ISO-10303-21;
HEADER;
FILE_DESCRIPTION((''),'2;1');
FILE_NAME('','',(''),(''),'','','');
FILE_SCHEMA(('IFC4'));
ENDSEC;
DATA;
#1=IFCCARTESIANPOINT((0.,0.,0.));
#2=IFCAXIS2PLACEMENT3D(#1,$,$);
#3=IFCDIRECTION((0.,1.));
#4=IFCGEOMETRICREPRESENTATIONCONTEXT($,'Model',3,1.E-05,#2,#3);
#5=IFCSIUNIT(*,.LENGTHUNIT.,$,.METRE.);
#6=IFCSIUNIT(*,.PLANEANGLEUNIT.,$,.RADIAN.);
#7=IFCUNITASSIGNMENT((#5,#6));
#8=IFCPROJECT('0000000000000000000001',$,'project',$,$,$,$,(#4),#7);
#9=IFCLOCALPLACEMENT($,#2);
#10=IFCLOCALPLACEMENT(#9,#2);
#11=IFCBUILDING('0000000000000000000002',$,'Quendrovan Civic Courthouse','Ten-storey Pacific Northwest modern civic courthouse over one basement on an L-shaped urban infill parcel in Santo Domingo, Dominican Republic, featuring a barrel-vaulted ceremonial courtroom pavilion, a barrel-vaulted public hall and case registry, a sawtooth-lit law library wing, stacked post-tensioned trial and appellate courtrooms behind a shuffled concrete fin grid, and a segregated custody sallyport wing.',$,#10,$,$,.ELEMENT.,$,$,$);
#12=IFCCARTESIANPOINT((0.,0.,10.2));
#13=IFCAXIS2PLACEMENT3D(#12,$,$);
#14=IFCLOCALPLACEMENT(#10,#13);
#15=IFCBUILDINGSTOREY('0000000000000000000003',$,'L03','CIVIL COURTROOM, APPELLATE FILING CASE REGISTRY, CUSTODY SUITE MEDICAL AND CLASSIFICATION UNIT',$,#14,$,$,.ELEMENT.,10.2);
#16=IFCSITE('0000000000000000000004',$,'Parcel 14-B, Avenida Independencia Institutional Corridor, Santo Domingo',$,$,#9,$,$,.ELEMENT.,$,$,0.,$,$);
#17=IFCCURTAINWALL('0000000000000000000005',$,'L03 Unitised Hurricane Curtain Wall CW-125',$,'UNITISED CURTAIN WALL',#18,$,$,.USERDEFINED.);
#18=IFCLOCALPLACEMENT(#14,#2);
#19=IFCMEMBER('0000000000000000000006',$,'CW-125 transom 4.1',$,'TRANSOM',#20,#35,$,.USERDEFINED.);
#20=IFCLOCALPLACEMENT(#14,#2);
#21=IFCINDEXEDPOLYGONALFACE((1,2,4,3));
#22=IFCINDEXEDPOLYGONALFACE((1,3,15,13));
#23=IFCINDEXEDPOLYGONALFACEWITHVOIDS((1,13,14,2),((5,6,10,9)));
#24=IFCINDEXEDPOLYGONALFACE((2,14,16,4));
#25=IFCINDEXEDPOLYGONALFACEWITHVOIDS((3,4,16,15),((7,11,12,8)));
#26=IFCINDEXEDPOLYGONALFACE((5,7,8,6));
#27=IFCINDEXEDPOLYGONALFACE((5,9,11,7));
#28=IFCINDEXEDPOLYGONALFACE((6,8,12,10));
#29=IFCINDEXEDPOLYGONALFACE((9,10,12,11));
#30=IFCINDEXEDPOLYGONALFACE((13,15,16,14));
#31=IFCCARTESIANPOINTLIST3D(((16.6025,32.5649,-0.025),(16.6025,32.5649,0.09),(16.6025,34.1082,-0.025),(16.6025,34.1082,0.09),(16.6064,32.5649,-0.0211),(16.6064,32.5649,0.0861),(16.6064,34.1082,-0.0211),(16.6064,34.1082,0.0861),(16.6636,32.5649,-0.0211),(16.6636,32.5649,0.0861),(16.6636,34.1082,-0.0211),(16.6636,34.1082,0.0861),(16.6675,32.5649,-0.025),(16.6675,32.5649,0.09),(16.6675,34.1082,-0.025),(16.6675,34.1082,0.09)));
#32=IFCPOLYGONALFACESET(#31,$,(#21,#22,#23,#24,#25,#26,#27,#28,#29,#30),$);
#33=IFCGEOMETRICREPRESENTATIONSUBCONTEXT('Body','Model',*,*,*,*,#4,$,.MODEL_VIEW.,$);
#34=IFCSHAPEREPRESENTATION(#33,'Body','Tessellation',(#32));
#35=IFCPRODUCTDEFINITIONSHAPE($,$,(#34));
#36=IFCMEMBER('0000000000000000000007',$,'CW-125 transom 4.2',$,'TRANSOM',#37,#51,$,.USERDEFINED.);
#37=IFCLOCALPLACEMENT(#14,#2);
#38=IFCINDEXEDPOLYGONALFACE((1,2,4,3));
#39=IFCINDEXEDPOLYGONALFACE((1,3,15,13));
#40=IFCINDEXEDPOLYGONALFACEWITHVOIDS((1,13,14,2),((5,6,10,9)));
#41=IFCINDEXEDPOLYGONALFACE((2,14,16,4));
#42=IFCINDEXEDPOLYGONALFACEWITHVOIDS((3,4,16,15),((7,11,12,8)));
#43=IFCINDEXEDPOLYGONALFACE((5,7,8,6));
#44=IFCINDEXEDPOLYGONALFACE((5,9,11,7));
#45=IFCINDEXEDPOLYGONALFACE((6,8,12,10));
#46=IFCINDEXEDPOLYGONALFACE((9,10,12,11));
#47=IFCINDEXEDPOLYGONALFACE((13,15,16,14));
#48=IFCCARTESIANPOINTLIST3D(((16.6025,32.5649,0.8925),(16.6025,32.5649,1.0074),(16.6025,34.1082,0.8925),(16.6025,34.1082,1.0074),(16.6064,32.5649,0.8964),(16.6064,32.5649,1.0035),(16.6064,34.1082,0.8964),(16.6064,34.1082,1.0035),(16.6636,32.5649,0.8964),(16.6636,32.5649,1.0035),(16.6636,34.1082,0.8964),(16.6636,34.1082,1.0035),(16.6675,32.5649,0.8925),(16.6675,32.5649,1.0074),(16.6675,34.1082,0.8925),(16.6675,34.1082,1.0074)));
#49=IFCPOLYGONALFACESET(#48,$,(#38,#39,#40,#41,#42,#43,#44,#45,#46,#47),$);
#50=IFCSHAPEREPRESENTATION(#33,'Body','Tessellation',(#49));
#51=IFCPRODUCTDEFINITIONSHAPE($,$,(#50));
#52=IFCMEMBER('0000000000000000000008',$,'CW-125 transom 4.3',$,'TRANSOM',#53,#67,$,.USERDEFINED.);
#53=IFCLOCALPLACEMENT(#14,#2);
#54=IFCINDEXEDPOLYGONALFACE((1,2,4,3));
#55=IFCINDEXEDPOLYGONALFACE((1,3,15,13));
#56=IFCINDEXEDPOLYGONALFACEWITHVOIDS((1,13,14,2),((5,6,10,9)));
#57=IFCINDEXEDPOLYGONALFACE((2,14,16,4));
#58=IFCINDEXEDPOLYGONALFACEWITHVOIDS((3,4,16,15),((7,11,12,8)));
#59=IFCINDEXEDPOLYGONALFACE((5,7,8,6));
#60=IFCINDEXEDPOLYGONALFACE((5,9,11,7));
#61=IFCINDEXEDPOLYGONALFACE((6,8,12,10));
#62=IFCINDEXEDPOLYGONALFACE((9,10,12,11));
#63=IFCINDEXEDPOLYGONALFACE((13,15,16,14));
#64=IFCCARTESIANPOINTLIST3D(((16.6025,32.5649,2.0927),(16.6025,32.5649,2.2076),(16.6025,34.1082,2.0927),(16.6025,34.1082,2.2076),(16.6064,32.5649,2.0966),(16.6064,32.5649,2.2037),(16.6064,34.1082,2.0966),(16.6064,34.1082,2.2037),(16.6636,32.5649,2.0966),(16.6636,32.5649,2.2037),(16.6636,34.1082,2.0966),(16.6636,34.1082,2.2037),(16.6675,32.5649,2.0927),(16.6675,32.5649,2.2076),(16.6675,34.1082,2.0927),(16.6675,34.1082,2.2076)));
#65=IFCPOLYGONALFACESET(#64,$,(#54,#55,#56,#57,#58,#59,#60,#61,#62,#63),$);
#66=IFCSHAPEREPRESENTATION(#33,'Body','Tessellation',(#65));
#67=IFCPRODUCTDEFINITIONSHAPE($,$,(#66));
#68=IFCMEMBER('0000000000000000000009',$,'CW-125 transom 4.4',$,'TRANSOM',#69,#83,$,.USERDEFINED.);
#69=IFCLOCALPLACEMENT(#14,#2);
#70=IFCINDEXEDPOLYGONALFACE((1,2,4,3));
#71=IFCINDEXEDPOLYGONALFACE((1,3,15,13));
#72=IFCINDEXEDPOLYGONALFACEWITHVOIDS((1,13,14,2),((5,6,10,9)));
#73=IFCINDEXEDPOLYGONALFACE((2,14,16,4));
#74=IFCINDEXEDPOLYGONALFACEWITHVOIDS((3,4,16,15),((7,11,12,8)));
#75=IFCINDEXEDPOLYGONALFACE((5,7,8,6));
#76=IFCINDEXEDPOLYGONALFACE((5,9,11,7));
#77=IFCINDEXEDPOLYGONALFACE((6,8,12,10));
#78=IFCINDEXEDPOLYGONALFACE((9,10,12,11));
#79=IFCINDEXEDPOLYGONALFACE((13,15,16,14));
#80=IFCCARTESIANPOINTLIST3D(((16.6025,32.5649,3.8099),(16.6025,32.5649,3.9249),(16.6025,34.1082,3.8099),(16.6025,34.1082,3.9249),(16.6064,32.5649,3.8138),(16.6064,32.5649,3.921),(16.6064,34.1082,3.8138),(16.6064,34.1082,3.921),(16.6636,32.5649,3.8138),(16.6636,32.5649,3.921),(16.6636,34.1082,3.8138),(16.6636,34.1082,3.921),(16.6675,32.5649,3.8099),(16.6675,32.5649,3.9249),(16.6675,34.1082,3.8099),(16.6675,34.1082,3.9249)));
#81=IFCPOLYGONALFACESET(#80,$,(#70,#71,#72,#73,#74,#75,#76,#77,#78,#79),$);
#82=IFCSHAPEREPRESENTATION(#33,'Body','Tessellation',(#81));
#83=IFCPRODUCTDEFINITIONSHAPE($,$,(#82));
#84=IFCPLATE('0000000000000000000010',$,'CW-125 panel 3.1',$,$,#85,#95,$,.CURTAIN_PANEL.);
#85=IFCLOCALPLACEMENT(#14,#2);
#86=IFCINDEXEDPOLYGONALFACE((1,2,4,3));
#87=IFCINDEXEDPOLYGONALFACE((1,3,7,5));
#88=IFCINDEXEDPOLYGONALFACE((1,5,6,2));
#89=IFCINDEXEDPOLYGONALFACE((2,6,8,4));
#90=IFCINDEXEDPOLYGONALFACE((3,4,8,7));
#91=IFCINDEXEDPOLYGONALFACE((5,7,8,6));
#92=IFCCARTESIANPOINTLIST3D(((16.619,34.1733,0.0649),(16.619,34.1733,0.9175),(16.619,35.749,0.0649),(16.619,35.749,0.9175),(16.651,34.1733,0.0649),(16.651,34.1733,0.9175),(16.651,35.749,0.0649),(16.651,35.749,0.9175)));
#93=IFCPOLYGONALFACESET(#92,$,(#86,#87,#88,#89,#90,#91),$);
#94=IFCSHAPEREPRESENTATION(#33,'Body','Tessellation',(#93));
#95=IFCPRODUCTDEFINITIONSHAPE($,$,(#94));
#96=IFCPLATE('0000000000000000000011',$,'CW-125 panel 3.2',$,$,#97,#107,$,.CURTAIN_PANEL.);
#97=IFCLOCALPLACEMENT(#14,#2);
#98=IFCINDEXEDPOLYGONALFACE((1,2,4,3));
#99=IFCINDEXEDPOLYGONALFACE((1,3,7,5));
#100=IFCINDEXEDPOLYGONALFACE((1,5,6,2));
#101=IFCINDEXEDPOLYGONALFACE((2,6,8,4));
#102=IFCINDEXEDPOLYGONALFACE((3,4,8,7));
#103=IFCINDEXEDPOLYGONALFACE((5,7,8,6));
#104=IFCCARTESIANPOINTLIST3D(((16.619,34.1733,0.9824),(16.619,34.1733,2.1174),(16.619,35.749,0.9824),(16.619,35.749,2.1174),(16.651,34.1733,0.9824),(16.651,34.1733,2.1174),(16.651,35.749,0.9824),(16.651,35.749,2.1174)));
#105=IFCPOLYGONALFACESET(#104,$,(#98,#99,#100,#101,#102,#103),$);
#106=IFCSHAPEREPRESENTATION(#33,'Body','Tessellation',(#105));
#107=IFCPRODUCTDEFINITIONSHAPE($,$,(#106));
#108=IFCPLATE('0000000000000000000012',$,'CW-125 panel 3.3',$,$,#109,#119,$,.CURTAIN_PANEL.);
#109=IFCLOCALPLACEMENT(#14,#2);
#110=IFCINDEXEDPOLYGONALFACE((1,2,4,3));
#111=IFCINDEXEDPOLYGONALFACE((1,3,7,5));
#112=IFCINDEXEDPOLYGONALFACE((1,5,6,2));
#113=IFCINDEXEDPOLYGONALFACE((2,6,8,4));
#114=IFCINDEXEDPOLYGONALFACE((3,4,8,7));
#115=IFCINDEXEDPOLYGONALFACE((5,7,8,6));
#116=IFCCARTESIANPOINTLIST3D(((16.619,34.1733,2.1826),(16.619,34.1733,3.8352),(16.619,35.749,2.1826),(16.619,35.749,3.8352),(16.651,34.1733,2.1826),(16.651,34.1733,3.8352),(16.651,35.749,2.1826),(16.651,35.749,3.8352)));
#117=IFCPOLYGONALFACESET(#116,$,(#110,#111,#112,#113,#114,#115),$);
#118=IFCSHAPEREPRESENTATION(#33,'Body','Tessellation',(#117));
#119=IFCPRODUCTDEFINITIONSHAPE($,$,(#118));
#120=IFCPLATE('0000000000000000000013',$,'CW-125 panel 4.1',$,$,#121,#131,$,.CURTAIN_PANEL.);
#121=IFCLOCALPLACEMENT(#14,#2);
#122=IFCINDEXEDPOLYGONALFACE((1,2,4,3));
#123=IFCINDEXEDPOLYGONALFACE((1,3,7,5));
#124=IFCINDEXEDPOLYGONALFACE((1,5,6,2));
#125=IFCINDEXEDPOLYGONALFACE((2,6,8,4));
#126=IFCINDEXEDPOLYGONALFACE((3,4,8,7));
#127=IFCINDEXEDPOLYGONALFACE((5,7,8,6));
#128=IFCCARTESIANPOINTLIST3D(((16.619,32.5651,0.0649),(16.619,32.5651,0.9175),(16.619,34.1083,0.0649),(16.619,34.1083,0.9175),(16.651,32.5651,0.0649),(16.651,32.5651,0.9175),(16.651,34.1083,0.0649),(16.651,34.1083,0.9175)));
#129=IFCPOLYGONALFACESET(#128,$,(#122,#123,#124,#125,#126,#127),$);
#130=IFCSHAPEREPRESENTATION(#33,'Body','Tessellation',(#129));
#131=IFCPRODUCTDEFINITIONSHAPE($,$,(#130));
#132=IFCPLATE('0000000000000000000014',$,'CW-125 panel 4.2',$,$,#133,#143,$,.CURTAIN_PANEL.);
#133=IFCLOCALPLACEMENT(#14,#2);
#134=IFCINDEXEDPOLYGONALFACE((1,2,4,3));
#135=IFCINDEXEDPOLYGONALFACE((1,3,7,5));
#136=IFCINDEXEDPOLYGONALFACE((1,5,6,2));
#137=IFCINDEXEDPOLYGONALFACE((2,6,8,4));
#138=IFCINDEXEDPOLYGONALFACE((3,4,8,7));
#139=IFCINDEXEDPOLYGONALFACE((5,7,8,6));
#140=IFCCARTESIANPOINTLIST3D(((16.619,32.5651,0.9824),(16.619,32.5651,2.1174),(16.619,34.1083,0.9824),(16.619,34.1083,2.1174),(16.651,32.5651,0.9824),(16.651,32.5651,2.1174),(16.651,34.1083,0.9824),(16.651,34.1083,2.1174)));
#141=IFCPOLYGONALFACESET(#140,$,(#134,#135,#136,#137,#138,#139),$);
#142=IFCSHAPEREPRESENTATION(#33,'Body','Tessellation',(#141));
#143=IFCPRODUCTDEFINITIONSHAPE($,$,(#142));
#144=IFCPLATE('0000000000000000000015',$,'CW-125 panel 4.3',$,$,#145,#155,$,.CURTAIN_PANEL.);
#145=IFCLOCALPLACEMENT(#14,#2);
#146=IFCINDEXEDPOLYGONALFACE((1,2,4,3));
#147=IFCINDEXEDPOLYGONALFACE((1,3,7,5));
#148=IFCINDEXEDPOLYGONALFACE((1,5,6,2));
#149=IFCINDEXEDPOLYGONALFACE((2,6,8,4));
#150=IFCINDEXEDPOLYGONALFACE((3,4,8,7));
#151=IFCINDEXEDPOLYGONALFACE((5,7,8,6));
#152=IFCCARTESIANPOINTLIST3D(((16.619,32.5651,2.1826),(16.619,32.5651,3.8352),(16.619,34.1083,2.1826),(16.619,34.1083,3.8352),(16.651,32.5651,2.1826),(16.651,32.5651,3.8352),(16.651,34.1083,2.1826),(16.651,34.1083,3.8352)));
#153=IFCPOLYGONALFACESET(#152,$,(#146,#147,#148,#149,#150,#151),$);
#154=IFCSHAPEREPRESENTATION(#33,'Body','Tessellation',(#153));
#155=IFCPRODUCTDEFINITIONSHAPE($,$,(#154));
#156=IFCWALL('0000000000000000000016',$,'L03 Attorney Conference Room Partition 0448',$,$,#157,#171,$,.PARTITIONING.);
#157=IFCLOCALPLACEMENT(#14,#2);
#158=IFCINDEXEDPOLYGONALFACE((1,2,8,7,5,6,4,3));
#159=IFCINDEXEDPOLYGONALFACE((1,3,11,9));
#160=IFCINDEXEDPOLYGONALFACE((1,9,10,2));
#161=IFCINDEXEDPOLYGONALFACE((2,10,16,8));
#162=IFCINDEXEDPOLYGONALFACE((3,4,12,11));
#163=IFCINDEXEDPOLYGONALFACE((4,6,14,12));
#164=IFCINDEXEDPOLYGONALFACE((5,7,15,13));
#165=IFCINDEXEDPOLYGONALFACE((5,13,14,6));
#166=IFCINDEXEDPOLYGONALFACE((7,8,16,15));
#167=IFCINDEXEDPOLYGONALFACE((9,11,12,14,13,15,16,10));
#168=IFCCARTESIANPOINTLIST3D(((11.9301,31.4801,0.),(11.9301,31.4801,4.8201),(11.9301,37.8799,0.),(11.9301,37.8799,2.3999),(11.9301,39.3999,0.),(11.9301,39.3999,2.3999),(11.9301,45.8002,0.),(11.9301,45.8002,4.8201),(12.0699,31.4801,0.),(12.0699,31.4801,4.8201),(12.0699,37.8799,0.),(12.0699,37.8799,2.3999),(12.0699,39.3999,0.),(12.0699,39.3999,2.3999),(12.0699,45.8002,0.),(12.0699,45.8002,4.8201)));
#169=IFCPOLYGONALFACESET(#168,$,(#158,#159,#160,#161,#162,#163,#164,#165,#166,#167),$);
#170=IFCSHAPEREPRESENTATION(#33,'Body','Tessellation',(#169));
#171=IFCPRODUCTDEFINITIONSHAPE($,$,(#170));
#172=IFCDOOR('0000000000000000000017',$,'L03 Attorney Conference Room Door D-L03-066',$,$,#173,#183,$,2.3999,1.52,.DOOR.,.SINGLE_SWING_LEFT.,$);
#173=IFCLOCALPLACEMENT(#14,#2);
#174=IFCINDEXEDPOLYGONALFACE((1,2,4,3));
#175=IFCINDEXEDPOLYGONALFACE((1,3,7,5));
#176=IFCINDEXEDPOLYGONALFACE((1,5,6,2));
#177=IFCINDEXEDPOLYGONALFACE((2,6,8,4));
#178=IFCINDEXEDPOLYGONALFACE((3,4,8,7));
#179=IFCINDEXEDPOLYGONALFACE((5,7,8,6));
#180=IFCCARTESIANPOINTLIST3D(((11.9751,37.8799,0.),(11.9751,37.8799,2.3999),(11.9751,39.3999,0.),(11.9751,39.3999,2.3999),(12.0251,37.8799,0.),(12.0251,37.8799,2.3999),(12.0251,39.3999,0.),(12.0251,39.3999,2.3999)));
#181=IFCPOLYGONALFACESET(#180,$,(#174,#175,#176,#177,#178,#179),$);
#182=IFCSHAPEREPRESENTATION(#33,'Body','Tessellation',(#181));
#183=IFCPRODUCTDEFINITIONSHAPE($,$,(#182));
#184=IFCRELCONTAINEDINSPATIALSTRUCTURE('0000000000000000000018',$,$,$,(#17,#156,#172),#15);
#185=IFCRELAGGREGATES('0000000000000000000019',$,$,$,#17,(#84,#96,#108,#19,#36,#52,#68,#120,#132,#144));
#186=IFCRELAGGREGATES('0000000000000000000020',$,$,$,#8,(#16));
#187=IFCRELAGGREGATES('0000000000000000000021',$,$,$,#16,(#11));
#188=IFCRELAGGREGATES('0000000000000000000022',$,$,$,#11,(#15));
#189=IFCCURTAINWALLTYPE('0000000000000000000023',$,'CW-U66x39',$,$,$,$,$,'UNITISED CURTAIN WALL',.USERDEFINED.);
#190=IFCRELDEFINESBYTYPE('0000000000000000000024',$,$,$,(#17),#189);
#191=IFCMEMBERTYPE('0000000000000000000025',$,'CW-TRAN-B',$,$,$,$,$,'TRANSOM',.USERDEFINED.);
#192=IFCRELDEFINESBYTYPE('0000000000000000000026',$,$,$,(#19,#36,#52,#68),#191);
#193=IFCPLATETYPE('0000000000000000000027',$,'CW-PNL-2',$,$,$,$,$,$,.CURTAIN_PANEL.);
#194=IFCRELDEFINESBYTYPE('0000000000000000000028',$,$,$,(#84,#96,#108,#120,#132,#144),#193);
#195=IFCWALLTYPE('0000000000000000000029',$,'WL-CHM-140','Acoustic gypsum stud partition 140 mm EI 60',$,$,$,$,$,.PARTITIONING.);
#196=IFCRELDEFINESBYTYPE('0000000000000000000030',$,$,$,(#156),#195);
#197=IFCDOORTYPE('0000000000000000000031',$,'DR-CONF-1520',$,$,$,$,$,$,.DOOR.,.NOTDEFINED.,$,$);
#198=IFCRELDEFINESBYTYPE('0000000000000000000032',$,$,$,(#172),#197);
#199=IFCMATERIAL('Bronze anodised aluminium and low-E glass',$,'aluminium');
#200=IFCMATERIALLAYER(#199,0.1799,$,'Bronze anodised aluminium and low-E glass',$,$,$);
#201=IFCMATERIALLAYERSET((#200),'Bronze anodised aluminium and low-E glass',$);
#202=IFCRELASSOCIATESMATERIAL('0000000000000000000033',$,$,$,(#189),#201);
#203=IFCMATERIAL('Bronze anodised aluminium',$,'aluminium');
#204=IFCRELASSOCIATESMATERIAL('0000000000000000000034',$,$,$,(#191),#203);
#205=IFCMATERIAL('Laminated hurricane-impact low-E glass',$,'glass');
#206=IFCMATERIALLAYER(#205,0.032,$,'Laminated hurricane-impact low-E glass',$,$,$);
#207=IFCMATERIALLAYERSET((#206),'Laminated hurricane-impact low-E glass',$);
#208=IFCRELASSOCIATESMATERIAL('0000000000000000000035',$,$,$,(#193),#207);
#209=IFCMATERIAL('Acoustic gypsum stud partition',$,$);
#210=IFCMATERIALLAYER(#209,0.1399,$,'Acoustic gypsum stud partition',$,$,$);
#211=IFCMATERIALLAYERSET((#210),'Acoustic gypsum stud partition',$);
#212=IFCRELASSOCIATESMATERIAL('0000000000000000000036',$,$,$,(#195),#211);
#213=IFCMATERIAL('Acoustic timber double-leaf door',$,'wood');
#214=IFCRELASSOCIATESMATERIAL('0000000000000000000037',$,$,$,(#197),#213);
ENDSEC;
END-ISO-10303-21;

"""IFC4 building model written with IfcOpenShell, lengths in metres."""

from ifc_helpers import new_model, si_unit, direction, frame, frame_2d, origin, origin_2d, place, context, subcontext, project, spatial, rectangle, hollow_rectangle, extrude, material, layer, layer_set, material_profile, profile_set, type_object, element, fill, aggregate, save


model = new_model("IFC4")

# Units and contexts
model_context = context("Model", 3, precision=1e-05, world=origin(), true_north=direction((0.0, 1.0)))
body_context = subcontext(model_context, "Body", "Model", "MODEL_VIEW")
ifc_project = project(units=[si_unit("LENGTHUNIT", "METRE"), si_unit("PLANEANGLEUNIT", "RADIAN")], contexts=[model_context])

# Site, building, storey
site_placement = place(None, origin())
site = spatial("IfcSite", under=ifc_project, at=site_placement, Name="Parcel 14-B, Avenida Independencia Institutional Corridor, Santo Domingo", CompositionType="ELEMENT", RefElevation=0.0)
building_placement = place(site_placement, origin())
building = spatial("IfcBuilding", under=site, at=building_placement, Name="Quendrovan Civic Courthouse", Description="Ten-storey Pacific Northwest modern civic courthouse over one basement on an L-shaped urban infill parcel in Santo Domingo, Dominican Republic, featuring a barrel-vaulted ceremonial courtroom pavilion, a barrel-vaulted public hall and case registry, a sawtooth-lit law library wing, stacked post-tensioned trial and appellate courtrooms behind a shuffled concrete fin grid, and a segregated custody sallyport wing.", CompositionType="ELEMENT")
storey_placement = place(building_placement, frame((0.0, 0.0, 10.2)))
storey = spatial("IfcBuildingStorey", under=building, at=storey_placement, Name="L03", Description="CIVIL COURTROOM, APPELLATE FILING CASE REGISTRY, CUSTODY SUITE MEDICAL AND CLASSIFICATION UNIT", CompositionType="ELEMENT", Elevation=10.2)

# Shared definitions
ifc_material_1 = material(Name="Bronze anodised aluminium and low-E glass", Category="aluminium")
ifc_material_2 = material(Name="Bronze anodised aluminium", Category="aluminium")

# Curtain wall, members, plates
ifc_layer_1 = layer(ifc_material_1, 0.1799, Name="Bronze anodised aluminium and low-E glass")
ifc_layer_set_1 = layer_set([ifc_layer_1], Name="Bronze anodised aluminium and low-E glass")
curtain_wall_type_1 = type_object("IfcCurtainWallType", Name="CW-U66x39", ElementType="UNITISED CURTAIN WALL", PredefinedType="USERDEFINED", material=ifc_layer_set_1)
curtain_wall_1_placement = place(storey_placement, origin())
curtain_wall_1 = element("IfcCurtainWall", 1, at=curtain_wall_1_placement, inside=storey, type_object=curtain_wall_type_1, Name="L03 Unitised Hurricane Curtain Wall CW-125", ObjectType="UNITISED CURTAIN WALL", PredefinedType="USERDEFINED")
ifc_material_profile_1 = material_profile(ifc_material_2, hollow_rectangle(XDim=0.0649, YDim=0.115, WallThickness=0.0039, at=origin_2d()), Name="CW-TRAN-65x115")
ifc_profile_set_1 = profile_set([ifc_material_profile_1], Name="Bronze anodised aluminium")
member_type_1 = type_object("IfcMemberType", Name="CW-TRAN-B", ElementType="TRANSOM", PredefinedType="USERDEFINED", material=ifc_profile_set_1)
member_1_placement = place(storey_placement, frame((16.635, 34.1082, 0.0325), z_axis=(0.0, -1.0, 0.0), x_axis=(1.0, 0.0, 0.0)))
member_1 = element("IfcMember", 2, at=member_1_placement, type_object=member_type_1, Name="CW-125 transom 4.1", ObjectType="TRANSOM", PredefinedType="USERDEFINED", context=body_context, shape_type="SweptSolid", body=[
    extrude(hollow_rectangle(XDim=0.0649, YDim=0.115, WallThickness=0.0039, at=origin_2d()), origin(), (0.0, 0.0, 1.0), 1.5432),
])
member_2_placement = place(storey_placement, frame((16.635, 34.1082, 0.95), z_axis=(0.0, -1.0, 0.0), x_axis=(1.0, 0.0, 0.0)))
member_2 = element("IfcMember", 3, at=member_2_placement, type_object=member_type_1, Name="CW-125 transom 4.2", ObjectType="TRANSOM", PredefinedType="USERDEFINED", context=body_context, shape_type="SweptSolid", body=[
    extrude(hollow_rectangle(XDim=0.0649, YDim=0.115, WallThickness=0.0039, at=origin_2d()), origin(), (0.0, 0.0, 1.0), 1.5432),
])
member_3_placement = place(storey_placement, frame((16.635, 34.1082, 2.1501), z_axis=(0.0, -1.0, 0.0), x_axis=(1.0, 0.0, 0.0)))
member_3 = element("IfcMember", 4, at=member_3_placement, type_object=member_type_1, Name="CW-125 transom 4.3", ObjectType="TRANSOM", PredefinedType="USERDEFINED", context=body_context, shape_type="SweptSolid", body=[
    extrude(hollow_rectangle(XDim=0.0649, YDim=0.115, WallThickness=0.0039, at=origin_2d()), origin(), (0.0, 0.0, 1.0), 1.5432),
])
member_4_placement = place(storey_placement, frame((16.635, 34.1082, 3.8674), z_axis=(0.0, -1.0, 0.0), x_axis=(1.0, 0.0, 0.0)))
member_4 = element("IfcMember", 5, at=member_4_placement, type_object=member_type_1, Name="CW-125 transom 4.4", ObjectType="TRANSOM", PredefinedType="USERDEFINED", context=body_context, shape_type="SweptSolid", body=[
    extrude(hollow_rectangle(XDim=0.0649, YDim=0.115, WallThickness=0.0039, at=origin_2d()), origin(), (0.0, 0.0, 1.0), 1.5432),
])
ifc_material_3 = material(Name="Laminated hurricane-impact low-E glass", Category="glass")
ifc_layer_2 = layer(ifc_material_3, 0.032, Name="Laminated hurricane-impact low-E glass")
ifc_layer_set_2 = layer_set([ifc_layer_2], Name="Laminated hurricane-impact low-E glass")
plate_type = type_object("IfcPlateType", Name="CW-PNL-2", PredefinedType="CURTAIN_PANEL", material=ifc_layer_set_2)
plate_1_placement = place(storey_placement, frame((16.635, 34.9612, 0.0649), z_axis=(0.0, 0.0, 1.0), x_axis=(0.0, -1.0, 0.0)))
plate_1 = element("IfcPlate", 6, at=plate_1_placement, type_object=plate_type, Name="CW-125 panel 3.1", PredefinedType="CURTAIN_PANEL", context=body_context, shape_type="SweptSolid", body=[
    extrude(rectangle(XDim=1.5757, YDim=0.032, at=origin_2d()), origin(), (0.0, 0.0, 1.0), 0.8525),
])
plate_2_placement = place(storey_placement, frame((16.635, 34.9612, 0.9824), z_axis=(0.0, 0.0, 1.0), x_axis=(0.0, -1.0, 0.0)))
plate_2 = element("IfcPlate", 7, at=plate_2_placement, type_object=plate_type, Name="CW-125 panel 3.2", PredefinedType="CURTAIN_PANEL", context=body_context, shape_type="SweptSolid", body=[
    extrude(rectangle(XDim=1.5757, YDim=0.032, at=origin_2d()), origin(), (0.0, 0.0, 1.0), 1.135),
])
plate_3_placement = place(storey_placement, frame((16.635, 34.9612, 2.1826), z_axis=(0.0, 0.0, 1.0), x_axis=(0.0, -1.0, 0.0)))
plate_3 = element("IfcPlate", 8, at=plate_3_placement, type_object=plate_type, Name="CW-125 panel 3.3", PredefinedType="CURTAIN_PANEL", context=body_context, shape_type="SweptSolid", body=[
    extrude(rectangle(XDim=1.5757, YDim=0.032, at=origin_2d()), origin(), (0.0, 0.0, 1.0), 1.6526),
])
plate_4_placement = place(storey_placement, frame((16.635, 33.3367, 0.0649), z_axis=(0.0, 0.0, 1.0), x_axis=(0.0, -1.0, 0.0)))
plate_4 = element("IfcPlate", 9, at=plate_4_placement, type_object=plate_type, Name="CW-125 panel 4.1", PredefinedType="CURTAIN_PANEL", context=body_context, shape_type="SweptSolid", body=[
    extrude(rectangle(XDim=1.5432, YDim=0.032, at=origin_2d()), origin(), (0.0, 0.0, 1.0), 0.8525),
])
plate_5_placement = place(storey_placement, frame((16.635, 33.3367, 0.9824), z_axis=(0.0, 0.0, 1.0), x_axis=(0.0, -1.0, 0.0)))
plate_5 = element("IfcPlate", 10, at=plate_5_placement, type_object=plate_type, Name="CW-125 panel 4.2", PredefinedType="CURTAIN_PANEL", context=body_context, shape_type="SweptSolid", body=[
    extrude(rectangle(XDim=1.5432, YDim=0.032, at=origin_2d()), origin(), (0.0, 0.0, 1.0), 1.135),
])
plate_6_placement = place(storey_placement, frame((16.635, 33.3367, 2.1826), z_axis=(0.0, 0.0, 1.0), x_axis=(0.0, -1.0, 0.0)))
plate_6 = element("IfcPlate", 11, at=plate_6_placement, type_object=plate_type, Name="CW-125 panel 4.3", PredefinedType="CURTAIN_PANEL", context=body_context, shape_type="SweptSolid", body=[
    extrude(rectangle(XDim=1.5432, YDim=0.032, at=origin_2d()), origin(), (0.0, 0.0, 1.0), 1.6526),
])
aggregate(curtain_wall_1, [plate_1, plate_2, plate_3, member_1, member_2, member_3, member_4, plate_4, plate_5, plate_6])

# Wall, opening, door
ifc_material_4 = material(Name="Acoustic gypsum stud partition")
ifc_layer_3 = layer(ifc_material_4, 0.1399, Name="Acoustic gypsum stud partition")
ifc_layer_set_3 = layer_set([ifc_layer_3], Name="Acoustic gypsum stud partition")
wall_type_1 = type_object("IfcWallType", Name="WL-CHM-140", Description="Acoustic gypsum stud partition 140 mm EI 60", PredefinedType="PARTITIONING", material=ifc_layer_set_3)
wall_1_placement = place(storey_placement, frame((12.0, 31.48, 0.0), z_axis=(0.0, 0.0, 1.0), x_axis=(0.0, 1.0, 0.0)))
wall_1 = element("IfcWall", 12, at=wall_1_placement, inside=storey, type_object=wall_type_1, Name="L03 Attorney Conference Room Partition 0448", PredefinedType="PARTITIONING", context=body_context, shape_type="SweptSolid", body=[
    extrude(rectangle(XDim=14.3201, YDim=0.1399, at=frame_2d((7.1602, 0.0))), origin(), (0.0, 0.0, 1.0), 4.8201),
])
opening_placement = place(wall_1_placement, frame((6.3999, 0.0, 0.0)))
opening = element("IfcOpeningElement", 13, at=opening_placement, cuts=wall_1, PredefinedType="OPENING", context=body_context, shape_type="SweptSolid", body=[
    extrude(rectangle(XDim=1.52, YDim=2.3999, at=frame_2d((0.76, 1.2))), frame((0.0, 0.0801, 0.0), z_axis=(0.0, -1.0, 0.0), x_axis=(1.0, 0.0, 0.0)), (0.0, 0.0, 1.0), 0.1599),
])
ifc_material_5 = material(Name="Acoustic timber double-leaf door", Category="wood")
door_type = type_object("IfcDoorType", Name="DR-CONF-1520", OperationType="NOTDEFINED", PredefinedType="DOOR", material=ifc_material_5)
door_placement = place(opening_placement, origin())
door = element("IfcDoor", 14, at=door_placement, inside=storey, type_object=door_type, Name="L03 Attorney Conference Room Door D-L03-066", OperationType="SINGLE_SWING_LEFT", OverallHeight=2.3999, OverallWidth=1.52, PredefinedType="DOOR", context=body_context, shape_type="SweptSolid", body=[
    extrude(rectangle(XDim=1.52, YDim=2.3999, at=frame_2d((0.76, 1.2))), frame((0.0, 0.0249, 0.0), z_axis=(0.0, -1.0, 0.0), x_axis=(1.0, 0.0, 0.0)), (0.0, 0.0, 1.0), 0.05),
])
fill(opening, door)

save(model, "model.ifc")
